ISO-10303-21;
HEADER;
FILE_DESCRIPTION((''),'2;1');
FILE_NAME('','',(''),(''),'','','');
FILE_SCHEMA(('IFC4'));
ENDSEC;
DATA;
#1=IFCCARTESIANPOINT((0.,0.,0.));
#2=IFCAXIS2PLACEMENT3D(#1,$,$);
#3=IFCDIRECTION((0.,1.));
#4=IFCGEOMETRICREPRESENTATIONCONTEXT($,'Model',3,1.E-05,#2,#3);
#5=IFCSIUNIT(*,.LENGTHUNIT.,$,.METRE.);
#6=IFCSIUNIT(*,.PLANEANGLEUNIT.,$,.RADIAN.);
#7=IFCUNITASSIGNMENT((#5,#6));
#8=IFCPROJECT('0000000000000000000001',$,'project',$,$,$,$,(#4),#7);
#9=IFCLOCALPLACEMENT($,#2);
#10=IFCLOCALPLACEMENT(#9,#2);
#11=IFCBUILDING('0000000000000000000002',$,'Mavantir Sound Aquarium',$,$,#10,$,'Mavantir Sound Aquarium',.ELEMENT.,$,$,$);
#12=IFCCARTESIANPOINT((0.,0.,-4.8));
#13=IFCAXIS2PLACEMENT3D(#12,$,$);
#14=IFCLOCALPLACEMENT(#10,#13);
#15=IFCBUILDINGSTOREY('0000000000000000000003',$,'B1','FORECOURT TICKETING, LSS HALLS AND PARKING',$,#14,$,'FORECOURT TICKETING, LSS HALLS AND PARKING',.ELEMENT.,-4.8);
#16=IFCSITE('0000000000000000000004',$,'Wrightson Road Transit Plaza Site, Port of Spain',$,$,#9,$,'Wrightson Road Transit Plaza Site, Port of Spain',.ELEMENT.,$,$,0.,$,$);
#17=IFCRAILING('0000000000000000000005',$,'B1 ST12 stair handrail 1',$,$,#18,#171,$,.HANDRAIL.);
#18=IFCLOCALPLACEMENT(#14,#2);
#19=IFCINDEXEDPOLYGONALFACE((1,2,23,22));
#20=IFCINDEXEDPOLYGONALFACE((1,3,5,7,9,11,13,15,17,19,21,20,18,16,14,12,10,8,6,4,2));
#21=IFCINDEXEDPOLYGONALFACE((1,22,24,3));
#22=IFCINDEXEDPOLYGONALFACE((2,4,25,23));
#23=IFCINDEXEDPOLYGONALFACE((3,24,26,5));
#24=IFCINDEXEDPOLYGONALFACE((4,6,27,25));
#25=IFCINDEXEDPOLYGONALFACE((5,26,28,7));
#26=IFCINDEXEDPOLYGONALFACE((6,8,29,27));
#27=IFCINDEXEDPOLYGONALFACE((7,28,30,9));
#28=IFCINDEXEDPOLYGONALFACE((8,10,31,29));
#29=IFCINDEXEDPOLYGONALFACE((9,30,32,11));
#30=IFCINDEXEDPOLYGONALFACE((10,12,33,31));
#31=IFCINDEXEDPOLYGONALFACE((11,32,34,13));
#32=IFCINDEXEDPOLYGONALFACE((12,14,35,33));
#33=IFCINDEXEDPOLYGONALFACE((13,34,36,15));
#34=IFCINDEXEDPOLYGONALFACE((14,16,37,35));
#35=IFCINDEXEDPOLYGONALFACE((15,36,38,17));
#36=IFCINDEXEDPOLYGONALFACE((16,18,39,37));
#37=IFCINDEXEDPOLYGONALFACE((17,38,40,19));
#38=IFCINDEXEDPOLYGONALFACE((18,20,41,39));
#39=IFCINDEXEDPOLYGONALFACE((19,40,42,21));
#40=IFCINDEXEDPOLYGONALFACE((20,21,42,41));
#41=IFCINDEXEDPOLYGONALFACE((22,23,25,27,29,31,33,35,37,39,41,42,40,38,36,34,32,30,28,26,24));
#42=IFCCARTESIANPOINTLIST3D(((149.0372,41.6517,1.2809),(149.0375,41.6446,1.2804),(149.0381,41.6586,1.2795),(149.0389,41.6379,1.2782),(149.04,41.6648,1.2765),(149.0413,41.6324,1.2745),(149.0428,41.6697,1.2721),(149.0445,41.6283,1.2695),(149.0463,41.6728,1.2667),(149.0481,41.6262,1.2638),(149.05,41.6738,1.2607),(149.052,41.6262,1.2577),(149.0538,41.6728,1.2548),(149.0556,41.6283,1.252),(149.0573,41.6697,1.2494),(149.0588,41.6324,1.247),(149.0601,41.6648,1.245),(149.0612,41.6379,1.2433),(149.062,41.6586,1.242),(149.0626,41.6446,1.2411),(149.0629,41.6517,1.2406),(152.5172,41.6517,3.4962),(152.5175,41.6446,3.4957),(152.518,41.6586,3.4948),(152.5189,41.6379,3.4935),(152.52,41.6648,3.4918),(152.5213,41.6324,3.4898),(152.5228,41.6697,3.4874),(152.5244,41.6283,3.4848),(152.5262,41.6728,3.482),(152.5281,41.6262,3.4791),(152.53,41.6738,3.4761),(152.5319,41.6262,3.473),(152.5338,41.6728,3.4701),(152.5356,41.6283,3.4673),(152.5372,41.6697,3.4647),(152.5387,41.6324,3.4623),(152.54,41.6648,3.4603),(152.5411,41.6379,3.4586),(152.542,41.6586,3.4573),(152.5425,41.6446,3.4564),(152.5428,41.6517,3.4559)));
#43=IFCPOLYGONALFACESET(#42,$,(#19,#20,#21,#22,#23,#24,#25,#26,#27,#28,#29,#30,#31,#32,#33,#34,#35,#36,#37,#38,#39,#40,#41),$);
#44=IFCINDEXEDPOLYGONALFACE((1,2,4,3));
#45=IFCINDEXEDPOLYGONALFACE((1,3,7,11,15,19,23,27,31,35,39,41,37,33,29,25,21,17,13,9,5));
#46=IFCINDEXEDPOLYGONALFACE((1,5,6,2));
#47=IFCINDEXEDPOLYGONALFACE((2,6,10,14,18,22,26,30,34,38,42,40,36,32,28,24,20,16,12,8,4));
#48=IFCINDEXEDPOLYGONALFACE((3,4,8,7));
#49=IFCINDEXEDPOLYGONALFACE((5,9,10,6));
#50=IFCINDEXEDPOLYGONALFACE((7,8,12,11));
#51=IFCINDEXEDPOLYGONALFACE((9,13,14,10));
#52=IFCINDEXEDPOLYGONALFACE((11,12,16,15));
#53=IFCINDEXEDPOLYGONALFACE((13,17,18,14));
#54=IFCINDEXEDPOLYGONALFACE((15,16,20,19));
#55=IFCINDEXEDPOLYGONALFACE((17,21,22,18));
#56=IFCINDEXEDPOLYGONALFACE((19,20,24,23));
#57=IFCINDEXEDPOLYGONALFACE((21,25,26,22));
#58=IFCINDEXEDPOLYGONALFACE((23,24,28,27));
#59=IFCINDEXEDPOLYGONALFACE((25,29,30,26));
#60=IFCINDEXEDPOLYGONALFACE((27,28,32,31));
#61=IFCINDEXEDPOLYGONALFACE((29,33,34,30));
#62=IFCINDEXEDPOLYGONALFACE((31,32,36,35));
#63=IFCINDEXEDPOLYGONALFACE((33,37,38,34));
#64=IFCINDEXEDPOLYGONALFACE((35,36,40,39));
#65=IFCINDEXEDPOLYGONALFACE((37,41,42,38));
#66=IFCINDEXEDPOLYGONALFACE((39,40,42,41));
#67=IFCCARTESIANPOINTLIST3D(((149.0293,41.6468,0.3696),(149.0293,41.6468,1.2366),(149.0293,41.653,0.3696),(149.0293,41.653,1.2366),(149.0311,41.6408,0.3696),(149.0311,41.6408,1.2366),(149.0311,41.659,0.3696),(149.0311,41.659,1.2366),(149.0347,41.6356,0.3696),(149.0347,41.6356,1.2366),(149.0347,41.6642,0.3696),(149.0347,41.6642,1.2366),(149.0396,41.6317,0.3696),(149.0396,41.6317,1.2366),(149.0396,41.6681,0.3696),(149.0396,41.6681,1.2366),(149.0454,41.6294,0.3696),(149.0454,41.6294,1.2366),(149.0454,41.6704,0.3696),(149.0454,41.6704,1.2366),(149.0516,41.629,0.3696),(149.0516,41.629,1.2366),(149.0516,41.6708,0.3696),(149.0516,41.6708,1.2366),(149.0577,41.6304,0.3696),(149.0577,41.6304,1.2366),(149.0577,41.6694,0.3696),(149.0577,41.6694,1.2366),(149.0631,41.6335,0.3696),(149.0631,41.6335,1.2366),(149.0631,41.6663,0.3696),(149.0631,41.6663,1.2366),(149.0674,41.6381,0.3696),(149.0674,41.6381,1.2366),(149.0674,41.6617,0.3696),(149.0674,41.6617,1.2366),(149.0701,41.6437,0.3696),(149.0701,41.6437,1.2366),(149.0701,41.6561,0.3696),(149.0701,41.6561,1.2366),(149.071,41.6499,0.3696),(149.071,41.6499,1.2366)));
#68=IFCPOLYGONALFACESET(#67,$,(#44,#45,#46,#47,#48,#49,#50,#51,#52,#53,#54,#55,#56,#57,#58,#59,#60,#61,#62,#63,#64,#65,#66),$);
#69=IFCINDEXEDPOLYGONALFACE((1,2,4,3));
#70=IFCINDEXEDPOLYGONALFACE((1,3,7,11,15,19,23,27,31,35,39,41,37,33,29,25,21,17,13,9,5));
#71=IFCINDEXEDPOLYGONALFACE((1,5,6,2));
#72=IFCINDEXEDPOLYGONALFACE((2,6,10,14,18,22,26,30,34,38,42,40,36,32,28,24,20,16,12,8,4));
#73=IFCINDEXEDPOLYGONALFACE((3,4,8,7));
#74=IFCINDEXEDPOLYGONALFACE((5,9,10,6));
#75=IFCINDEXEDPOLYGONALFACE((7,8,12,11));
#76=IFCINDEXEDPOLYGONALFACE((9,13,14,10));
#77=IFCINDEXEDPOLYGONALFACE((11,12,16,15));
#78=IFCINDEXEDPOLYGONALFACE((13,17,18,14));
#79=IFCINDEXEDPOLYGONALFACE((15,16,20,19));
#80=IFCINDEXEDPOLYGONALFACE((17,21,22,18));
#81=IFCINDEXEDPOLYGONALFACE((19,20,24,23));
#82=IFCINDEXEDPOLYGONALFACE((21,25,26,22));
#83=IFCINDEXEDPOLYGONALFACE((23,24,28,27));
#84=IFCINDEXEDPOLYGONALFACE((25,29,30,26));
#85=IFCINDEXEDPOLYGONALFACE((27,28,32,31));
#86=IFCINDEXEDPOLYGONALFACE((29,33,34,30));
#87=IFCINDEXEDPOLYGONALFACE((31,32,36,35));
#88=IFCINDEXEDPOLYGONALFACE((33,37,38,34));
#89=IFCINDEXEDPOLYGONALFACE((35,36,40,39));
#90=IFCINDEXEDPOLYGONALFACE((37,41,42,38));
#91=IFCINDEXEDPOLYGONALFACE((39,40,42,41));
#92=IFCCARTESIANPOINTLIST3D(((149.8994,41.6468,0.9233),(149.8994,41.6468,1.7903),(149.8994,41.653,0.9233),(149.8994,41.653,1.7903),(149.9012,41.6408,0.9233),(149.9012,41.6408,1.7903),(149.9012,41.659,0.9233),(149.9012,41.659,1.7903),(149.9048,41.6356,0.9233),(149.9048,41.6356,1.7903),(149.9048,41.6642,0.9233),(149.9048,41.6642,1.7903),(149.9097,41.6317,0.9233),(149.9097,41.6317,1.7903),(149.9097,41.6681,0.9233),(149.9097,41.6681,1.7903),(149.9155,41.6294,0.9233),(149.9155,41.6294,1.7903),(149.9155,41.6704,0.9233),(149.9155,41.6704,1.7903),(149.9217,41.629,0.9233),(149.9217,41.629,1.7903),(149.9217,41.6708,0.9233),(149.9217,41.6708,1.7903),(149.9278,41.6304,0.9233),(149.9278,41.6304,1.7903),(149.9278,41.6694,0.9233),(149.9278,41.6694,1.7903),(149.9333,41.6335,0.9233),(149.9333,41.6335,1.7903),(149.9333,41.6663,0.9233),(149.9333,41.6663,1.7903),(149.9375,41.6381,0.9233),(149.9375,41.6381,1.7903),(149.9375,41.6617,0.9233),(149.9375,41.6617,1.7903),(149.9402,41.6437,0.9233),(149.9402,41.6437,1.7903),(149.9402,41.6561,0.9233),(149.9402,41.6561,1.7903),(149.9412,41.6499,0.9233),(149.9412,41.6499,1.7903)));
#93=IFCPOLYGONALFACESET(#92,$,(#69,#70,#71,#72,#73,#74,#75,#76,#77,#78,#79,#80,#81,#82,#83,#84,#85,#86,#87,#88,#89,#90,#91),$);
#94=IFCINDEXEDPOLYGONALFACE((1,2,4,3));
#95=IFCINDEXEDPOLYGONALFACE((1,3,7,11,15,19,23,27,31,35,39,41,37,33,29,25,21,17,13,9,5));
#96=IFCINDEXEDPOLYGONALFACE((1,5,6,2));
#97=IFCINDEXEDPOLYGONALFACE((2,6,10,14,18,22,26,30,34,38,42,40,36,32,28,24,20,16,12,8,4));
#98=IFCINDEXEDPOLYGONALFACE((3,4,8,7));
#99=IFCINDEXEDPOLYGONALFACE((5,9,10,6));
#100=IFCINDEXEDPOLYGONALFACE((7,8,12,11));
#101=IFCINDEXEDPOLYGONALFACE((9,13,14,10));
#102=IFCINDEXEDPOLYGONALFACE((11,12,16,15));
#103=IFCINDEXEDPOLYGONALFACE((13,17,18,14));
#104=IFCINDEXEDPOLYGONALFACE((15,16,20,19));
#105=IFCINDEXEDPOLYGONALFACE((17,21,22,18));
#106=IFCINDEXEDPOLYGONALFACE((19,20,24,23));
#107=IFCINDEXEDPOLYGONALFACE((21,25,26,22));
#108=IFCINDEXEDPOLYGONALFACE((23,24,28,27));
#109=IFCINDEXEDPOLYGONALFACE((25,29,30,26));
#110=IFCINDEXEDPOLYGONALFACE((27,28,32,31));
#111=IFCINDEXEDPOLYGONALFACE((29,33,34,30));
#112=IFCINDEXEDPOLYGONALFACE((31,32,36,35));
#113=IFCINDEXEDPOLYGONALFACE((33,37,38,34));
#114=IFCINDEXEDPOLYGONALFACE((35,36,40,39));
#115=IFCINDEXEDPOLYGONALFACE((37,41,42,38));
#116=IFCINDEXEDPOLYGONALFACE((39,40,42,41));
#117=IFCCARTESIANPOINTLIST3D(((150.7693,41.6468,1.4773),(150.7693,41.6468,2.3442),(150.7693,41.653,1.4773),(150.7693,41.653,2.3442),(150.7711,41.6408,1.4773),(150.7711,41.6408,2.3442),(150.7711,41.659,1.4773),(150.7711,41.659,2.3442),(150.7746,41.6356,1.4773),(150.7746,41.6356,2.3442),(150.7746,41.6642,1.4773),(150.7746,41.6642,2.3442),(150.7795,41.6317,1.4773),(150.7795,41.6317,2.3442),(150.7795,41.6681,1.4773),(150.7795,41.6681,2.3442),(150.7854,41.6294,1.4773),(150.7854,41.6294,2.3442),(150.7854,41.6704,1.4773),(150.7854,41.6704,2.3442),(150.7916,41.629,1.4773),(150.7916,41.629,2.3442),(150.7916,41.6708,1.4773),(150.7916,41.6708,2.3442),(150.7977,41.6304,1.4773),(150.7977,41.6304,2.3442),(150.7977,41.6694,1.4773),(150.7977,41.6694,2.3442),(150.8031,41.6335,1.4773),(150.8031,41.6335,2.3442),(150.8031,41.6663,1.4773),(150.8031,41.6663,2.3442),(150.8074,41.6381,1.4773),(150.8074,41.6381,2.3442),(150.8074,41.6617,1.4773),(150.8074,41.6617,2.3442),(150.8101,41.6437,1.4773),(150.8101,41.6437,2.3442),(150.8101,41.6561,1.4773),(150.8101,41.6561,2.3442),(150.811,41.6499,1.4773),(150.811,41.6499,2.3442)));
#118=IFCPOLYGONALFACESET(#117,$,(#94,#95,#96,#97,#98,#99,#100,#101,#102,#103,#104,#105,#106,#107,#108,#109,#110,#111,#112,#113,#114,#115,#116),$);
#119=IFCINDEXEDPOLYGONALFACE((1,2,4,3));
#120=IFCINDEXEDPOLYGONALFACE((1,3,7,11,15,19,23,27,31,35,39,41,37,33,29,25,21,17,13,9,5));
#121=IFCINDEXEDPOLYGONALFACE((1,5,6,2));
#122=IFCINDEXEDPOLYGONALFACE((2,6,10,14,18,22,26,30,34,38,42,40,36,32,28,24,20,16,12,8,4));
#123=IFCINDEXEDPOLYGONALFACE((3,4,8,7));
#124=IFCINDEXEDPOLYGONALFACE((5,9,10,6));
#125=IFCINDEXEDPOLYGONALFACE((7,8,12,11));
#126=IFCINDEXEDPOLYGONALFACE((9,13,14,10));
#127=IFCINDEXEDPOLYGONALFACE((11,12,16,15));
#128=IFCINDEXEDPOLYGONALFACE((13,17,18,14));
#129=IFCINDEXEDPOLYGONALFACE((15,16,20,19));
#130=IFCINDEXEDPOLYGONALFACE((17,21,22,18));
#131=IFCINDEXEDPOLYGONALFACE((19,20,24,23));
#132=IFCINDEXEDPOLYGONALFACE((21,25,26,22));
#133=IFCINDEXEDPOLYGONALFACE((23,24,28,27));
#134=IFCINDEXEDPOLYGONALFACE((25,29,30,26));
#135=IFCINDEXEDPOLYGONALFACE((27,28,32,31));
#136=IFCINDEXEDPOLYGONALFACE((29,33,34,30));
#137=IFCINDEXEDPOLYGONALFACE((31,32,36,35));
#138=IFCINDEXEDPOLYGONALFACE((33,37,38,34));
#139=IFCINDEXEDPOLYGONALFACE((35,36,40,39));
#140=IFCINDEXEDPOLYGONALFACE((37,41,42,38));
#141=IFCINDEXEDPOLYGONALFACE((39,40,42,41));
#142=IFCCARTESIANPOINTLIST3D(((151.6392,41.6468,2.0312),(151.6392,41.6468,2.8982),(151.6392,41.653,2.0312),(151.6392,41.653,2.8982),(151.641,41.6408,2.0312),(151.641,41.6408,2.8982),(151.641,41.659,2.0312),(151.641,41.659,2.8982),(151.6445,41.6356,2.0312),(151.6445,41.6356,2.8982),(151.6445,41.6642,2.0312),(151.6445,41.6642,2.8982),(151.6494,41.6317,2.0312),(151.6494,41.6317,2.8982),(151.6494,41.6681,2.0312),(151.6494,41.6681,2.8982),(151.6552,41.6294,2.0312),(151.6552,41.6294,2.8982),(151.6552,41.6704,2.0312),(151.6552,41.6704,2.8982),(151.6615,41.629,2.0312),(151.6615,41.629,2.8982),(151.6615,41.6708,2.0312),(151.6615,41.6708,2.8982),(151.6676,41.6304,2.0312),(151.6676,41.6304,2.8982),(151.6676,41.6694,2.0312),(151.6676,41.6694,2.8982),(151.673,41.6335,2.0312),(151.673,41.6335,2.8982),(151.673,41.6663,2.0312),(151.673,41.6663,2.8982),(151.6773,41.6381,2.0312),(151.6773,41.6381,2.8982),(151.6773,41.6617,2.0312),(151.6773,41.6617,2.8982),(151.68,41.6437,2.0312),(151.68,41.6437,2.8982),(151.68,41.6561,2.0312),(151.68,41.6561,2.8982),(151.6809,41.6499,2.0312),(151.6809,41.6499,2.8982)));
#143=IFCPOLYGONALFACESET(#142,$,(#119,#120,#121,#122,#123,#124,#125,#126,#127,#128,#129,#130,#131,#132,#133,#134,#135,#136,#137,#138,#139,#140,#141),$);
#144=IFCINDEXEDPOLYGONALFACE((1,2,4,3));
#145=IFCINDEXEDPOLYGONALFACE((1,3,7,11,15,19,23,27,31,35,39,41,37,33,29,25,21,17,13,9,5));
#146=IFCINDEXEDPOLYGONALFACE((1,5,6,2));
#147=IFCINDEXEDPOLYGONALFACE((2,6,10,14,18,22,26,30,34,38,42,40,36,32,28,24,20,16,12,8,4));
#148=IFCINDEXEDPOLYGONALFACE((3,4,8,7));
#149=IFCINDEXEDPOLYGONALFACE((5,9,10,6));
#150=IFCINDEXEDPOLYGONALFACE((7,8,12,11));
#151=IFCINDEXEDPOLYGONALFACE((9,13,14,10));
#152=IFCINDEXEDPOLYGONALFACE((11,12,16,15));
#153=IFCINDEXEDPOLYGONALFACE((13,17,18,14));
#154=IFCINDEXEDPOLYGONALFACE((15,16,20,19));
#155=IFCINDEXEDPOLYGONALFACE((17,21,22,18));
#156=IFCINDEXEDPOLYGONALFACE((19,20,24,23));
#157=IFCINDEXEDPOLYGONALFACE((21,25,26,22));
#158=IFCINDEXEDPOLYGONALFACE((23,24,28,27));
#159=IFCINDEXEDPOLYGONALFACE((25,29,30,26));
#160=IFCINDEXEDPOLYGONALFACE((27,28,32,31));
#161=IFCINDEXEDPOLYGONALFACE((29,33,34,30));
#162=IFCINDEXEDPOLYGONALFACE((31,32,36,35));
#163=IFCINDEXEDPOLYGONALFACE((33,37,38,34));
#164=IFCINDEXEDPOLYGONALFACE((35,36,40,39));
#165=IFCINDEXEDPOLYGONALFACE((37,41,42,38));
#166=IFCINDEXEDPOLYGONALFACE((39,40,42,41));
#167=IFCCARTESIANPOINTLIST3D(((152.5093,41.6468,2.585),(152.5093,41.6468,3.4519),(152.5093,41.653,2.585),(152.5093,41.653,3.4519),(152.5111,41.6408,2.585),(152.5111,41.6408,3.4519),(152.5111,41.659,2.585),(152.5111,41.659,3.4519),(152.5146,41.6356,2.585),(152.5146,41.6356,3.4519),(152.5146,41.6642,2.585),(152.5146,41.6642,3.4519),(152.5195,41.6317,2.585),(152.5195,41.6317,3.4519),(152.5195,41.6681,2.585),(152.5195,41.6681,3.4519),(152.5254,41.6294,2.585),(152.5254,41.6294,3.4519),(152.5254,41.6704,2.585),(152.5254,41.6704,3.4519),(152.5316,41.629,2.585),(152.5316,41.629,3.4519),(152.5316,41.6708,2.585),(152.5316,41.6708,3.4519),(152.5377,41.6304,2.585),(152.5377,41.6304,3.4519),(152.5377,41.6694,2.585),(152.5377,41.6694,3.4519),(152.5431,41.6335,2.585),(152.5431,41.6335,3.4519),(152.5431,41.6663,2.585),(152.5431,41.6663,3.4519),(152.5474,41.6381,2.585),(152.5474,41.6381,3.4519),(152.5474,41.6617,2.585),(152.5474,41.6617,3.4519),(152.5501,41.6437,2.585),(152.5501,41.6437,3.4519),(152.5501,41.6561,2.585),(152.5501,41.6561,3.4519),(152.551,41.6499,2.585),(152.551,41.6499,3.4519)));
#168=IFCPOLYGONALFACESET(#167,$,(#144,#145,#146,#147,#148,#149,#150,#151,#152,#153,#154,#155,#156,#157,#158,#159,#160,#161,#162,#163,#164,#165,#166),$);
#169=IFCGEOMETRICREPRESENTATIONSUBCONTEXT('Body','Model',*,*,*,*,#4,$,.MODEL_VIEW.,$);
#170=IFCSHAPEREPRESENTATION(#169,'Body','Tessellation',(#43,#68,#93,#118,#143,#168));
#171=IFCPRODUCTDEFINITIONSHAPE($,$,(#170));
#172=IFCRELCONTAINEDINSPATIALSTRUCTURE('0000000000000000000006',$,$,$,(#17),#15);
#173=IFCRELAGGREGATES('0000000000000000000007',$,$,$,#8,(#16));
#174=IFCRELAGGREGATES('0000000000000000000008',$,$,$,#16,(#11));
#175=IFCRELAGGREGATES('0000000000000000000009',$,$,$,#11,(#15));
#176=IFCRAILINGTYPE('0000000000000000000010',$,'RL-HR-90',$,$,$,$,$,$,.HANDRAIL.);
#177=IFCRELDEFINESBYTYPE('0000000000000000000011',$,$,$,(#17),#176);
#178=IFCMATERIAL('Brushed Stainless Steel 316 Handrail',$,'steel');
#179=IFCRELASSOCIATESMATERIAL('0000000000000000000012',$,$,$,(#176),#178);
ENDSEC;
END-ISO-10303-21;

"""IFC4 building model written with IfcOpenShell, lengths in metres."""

from ifc_helpers import new_model, si_unit, direction, frame, origin, origin_2d, place, context, subcontext, project, spatial, circle, extrude, material, type_object, element, save


model = new_model("IFC4")

# Units and contexts
model_context = context("Model", 3, precision=1e-05, world=origin(), true_north=direction((0.0, 1.0)))
body_context = subcontext(model_context, "Body", "Model", "MODEL_VIEW")
ifc_project = project(units=[si_unit("LENGTHUNIT", "METRE"), si_unit("PLANEANGLEUNIT", "RADIAN")], contexts=[model_context])

# Site, building, storey
site_placement = place(None, origin())
site = spatial("IfcSite", under=ifc_project, at=site_placement, Name="Wrightson Road Transit Plaza Site, Port of Spain", LongName="Wrightson Road Transit Plaza Site, Port of Spain", CompositionType="ELEMENT", RefElevation=0.0)
building_placement = place(site_placement, origin())
building = spatial("IfcBuilding", under=site, at=building_placement, Name="Mavantir Sound Aquarium", LongName="Mavantir Sound Aquarium", CompositionType="ELEMENT")
storey_placement = place(building_placement, frame((0.0, 0.0, -4.8)))
storey = spatial("IfcBuildingStorey", under=building, at=storey_placement, Name="B1", Description="FORECOURT TICKETING, LSS HALLS AND PARKING", LongName="FORECOURT TICKETING, LSS HALLS AND PARKING", CompositionType="ELEMENT", Elevation=-4.8)

# Railing
ifc_material_1 = material(Name="Brushed Stainless Steel 316 Handrail", Category="steel")
railing_type_1 = type_object("IfcRailingType", Name="RL-HR-90", PredefinedType="HANDRAIL", material=ifc_material_1)
railing_1_placement = place(storey_placement, frame((149.05, 41.6499, 0.3696)))
element("IfcRailing", 1, at=railing_1_placement, inside=storey, type_object=railing_type_1, Name="B1 ST12 stair handrail 1", PredefinedType="HANDRAIL", context=body_context, shape_type="SweptSolid", body=[
    extrude(circle(Radius=0.0239, at=origin_2d()), frame((0.0, 0.0, 0.8911), z_axis=(0.843574, 0.0, 0.537013), x_axis=(0.0, 1.0, 0.0)), (0.0, 0.0, 1.0), 4.1252),
    extrude(circle(Radius=0.021, at=origin_2d()), origin(), (0.0, 0.0, 1.0), 0.8669),
    extrude(circle(Radius=0.021, at=origin_2d()), frame((0.8701, 0.0, 0.5537)), (0.0, 0.0, 1.0), 0.8669),
    extrude(circle(Radius=0.021, at=origin_2d()), frame((1.74, 0.0, 1.1077)), (0.0, 0.0, 1.0), 0.8669),
    extrude(circle(Radius=0.021, at=origin_2d()), frame((2.6099, 0.0, 1.6616)), (0.0, 0.0, 1.0), 0.8669),
    extrude(circle(Radius=0.021, at=origin_2d()), frame((3.48, 0.0, 2.2153)), (0.0, 0.0, 1.0), 0.8669),
])

save(model, "model.ifc")
